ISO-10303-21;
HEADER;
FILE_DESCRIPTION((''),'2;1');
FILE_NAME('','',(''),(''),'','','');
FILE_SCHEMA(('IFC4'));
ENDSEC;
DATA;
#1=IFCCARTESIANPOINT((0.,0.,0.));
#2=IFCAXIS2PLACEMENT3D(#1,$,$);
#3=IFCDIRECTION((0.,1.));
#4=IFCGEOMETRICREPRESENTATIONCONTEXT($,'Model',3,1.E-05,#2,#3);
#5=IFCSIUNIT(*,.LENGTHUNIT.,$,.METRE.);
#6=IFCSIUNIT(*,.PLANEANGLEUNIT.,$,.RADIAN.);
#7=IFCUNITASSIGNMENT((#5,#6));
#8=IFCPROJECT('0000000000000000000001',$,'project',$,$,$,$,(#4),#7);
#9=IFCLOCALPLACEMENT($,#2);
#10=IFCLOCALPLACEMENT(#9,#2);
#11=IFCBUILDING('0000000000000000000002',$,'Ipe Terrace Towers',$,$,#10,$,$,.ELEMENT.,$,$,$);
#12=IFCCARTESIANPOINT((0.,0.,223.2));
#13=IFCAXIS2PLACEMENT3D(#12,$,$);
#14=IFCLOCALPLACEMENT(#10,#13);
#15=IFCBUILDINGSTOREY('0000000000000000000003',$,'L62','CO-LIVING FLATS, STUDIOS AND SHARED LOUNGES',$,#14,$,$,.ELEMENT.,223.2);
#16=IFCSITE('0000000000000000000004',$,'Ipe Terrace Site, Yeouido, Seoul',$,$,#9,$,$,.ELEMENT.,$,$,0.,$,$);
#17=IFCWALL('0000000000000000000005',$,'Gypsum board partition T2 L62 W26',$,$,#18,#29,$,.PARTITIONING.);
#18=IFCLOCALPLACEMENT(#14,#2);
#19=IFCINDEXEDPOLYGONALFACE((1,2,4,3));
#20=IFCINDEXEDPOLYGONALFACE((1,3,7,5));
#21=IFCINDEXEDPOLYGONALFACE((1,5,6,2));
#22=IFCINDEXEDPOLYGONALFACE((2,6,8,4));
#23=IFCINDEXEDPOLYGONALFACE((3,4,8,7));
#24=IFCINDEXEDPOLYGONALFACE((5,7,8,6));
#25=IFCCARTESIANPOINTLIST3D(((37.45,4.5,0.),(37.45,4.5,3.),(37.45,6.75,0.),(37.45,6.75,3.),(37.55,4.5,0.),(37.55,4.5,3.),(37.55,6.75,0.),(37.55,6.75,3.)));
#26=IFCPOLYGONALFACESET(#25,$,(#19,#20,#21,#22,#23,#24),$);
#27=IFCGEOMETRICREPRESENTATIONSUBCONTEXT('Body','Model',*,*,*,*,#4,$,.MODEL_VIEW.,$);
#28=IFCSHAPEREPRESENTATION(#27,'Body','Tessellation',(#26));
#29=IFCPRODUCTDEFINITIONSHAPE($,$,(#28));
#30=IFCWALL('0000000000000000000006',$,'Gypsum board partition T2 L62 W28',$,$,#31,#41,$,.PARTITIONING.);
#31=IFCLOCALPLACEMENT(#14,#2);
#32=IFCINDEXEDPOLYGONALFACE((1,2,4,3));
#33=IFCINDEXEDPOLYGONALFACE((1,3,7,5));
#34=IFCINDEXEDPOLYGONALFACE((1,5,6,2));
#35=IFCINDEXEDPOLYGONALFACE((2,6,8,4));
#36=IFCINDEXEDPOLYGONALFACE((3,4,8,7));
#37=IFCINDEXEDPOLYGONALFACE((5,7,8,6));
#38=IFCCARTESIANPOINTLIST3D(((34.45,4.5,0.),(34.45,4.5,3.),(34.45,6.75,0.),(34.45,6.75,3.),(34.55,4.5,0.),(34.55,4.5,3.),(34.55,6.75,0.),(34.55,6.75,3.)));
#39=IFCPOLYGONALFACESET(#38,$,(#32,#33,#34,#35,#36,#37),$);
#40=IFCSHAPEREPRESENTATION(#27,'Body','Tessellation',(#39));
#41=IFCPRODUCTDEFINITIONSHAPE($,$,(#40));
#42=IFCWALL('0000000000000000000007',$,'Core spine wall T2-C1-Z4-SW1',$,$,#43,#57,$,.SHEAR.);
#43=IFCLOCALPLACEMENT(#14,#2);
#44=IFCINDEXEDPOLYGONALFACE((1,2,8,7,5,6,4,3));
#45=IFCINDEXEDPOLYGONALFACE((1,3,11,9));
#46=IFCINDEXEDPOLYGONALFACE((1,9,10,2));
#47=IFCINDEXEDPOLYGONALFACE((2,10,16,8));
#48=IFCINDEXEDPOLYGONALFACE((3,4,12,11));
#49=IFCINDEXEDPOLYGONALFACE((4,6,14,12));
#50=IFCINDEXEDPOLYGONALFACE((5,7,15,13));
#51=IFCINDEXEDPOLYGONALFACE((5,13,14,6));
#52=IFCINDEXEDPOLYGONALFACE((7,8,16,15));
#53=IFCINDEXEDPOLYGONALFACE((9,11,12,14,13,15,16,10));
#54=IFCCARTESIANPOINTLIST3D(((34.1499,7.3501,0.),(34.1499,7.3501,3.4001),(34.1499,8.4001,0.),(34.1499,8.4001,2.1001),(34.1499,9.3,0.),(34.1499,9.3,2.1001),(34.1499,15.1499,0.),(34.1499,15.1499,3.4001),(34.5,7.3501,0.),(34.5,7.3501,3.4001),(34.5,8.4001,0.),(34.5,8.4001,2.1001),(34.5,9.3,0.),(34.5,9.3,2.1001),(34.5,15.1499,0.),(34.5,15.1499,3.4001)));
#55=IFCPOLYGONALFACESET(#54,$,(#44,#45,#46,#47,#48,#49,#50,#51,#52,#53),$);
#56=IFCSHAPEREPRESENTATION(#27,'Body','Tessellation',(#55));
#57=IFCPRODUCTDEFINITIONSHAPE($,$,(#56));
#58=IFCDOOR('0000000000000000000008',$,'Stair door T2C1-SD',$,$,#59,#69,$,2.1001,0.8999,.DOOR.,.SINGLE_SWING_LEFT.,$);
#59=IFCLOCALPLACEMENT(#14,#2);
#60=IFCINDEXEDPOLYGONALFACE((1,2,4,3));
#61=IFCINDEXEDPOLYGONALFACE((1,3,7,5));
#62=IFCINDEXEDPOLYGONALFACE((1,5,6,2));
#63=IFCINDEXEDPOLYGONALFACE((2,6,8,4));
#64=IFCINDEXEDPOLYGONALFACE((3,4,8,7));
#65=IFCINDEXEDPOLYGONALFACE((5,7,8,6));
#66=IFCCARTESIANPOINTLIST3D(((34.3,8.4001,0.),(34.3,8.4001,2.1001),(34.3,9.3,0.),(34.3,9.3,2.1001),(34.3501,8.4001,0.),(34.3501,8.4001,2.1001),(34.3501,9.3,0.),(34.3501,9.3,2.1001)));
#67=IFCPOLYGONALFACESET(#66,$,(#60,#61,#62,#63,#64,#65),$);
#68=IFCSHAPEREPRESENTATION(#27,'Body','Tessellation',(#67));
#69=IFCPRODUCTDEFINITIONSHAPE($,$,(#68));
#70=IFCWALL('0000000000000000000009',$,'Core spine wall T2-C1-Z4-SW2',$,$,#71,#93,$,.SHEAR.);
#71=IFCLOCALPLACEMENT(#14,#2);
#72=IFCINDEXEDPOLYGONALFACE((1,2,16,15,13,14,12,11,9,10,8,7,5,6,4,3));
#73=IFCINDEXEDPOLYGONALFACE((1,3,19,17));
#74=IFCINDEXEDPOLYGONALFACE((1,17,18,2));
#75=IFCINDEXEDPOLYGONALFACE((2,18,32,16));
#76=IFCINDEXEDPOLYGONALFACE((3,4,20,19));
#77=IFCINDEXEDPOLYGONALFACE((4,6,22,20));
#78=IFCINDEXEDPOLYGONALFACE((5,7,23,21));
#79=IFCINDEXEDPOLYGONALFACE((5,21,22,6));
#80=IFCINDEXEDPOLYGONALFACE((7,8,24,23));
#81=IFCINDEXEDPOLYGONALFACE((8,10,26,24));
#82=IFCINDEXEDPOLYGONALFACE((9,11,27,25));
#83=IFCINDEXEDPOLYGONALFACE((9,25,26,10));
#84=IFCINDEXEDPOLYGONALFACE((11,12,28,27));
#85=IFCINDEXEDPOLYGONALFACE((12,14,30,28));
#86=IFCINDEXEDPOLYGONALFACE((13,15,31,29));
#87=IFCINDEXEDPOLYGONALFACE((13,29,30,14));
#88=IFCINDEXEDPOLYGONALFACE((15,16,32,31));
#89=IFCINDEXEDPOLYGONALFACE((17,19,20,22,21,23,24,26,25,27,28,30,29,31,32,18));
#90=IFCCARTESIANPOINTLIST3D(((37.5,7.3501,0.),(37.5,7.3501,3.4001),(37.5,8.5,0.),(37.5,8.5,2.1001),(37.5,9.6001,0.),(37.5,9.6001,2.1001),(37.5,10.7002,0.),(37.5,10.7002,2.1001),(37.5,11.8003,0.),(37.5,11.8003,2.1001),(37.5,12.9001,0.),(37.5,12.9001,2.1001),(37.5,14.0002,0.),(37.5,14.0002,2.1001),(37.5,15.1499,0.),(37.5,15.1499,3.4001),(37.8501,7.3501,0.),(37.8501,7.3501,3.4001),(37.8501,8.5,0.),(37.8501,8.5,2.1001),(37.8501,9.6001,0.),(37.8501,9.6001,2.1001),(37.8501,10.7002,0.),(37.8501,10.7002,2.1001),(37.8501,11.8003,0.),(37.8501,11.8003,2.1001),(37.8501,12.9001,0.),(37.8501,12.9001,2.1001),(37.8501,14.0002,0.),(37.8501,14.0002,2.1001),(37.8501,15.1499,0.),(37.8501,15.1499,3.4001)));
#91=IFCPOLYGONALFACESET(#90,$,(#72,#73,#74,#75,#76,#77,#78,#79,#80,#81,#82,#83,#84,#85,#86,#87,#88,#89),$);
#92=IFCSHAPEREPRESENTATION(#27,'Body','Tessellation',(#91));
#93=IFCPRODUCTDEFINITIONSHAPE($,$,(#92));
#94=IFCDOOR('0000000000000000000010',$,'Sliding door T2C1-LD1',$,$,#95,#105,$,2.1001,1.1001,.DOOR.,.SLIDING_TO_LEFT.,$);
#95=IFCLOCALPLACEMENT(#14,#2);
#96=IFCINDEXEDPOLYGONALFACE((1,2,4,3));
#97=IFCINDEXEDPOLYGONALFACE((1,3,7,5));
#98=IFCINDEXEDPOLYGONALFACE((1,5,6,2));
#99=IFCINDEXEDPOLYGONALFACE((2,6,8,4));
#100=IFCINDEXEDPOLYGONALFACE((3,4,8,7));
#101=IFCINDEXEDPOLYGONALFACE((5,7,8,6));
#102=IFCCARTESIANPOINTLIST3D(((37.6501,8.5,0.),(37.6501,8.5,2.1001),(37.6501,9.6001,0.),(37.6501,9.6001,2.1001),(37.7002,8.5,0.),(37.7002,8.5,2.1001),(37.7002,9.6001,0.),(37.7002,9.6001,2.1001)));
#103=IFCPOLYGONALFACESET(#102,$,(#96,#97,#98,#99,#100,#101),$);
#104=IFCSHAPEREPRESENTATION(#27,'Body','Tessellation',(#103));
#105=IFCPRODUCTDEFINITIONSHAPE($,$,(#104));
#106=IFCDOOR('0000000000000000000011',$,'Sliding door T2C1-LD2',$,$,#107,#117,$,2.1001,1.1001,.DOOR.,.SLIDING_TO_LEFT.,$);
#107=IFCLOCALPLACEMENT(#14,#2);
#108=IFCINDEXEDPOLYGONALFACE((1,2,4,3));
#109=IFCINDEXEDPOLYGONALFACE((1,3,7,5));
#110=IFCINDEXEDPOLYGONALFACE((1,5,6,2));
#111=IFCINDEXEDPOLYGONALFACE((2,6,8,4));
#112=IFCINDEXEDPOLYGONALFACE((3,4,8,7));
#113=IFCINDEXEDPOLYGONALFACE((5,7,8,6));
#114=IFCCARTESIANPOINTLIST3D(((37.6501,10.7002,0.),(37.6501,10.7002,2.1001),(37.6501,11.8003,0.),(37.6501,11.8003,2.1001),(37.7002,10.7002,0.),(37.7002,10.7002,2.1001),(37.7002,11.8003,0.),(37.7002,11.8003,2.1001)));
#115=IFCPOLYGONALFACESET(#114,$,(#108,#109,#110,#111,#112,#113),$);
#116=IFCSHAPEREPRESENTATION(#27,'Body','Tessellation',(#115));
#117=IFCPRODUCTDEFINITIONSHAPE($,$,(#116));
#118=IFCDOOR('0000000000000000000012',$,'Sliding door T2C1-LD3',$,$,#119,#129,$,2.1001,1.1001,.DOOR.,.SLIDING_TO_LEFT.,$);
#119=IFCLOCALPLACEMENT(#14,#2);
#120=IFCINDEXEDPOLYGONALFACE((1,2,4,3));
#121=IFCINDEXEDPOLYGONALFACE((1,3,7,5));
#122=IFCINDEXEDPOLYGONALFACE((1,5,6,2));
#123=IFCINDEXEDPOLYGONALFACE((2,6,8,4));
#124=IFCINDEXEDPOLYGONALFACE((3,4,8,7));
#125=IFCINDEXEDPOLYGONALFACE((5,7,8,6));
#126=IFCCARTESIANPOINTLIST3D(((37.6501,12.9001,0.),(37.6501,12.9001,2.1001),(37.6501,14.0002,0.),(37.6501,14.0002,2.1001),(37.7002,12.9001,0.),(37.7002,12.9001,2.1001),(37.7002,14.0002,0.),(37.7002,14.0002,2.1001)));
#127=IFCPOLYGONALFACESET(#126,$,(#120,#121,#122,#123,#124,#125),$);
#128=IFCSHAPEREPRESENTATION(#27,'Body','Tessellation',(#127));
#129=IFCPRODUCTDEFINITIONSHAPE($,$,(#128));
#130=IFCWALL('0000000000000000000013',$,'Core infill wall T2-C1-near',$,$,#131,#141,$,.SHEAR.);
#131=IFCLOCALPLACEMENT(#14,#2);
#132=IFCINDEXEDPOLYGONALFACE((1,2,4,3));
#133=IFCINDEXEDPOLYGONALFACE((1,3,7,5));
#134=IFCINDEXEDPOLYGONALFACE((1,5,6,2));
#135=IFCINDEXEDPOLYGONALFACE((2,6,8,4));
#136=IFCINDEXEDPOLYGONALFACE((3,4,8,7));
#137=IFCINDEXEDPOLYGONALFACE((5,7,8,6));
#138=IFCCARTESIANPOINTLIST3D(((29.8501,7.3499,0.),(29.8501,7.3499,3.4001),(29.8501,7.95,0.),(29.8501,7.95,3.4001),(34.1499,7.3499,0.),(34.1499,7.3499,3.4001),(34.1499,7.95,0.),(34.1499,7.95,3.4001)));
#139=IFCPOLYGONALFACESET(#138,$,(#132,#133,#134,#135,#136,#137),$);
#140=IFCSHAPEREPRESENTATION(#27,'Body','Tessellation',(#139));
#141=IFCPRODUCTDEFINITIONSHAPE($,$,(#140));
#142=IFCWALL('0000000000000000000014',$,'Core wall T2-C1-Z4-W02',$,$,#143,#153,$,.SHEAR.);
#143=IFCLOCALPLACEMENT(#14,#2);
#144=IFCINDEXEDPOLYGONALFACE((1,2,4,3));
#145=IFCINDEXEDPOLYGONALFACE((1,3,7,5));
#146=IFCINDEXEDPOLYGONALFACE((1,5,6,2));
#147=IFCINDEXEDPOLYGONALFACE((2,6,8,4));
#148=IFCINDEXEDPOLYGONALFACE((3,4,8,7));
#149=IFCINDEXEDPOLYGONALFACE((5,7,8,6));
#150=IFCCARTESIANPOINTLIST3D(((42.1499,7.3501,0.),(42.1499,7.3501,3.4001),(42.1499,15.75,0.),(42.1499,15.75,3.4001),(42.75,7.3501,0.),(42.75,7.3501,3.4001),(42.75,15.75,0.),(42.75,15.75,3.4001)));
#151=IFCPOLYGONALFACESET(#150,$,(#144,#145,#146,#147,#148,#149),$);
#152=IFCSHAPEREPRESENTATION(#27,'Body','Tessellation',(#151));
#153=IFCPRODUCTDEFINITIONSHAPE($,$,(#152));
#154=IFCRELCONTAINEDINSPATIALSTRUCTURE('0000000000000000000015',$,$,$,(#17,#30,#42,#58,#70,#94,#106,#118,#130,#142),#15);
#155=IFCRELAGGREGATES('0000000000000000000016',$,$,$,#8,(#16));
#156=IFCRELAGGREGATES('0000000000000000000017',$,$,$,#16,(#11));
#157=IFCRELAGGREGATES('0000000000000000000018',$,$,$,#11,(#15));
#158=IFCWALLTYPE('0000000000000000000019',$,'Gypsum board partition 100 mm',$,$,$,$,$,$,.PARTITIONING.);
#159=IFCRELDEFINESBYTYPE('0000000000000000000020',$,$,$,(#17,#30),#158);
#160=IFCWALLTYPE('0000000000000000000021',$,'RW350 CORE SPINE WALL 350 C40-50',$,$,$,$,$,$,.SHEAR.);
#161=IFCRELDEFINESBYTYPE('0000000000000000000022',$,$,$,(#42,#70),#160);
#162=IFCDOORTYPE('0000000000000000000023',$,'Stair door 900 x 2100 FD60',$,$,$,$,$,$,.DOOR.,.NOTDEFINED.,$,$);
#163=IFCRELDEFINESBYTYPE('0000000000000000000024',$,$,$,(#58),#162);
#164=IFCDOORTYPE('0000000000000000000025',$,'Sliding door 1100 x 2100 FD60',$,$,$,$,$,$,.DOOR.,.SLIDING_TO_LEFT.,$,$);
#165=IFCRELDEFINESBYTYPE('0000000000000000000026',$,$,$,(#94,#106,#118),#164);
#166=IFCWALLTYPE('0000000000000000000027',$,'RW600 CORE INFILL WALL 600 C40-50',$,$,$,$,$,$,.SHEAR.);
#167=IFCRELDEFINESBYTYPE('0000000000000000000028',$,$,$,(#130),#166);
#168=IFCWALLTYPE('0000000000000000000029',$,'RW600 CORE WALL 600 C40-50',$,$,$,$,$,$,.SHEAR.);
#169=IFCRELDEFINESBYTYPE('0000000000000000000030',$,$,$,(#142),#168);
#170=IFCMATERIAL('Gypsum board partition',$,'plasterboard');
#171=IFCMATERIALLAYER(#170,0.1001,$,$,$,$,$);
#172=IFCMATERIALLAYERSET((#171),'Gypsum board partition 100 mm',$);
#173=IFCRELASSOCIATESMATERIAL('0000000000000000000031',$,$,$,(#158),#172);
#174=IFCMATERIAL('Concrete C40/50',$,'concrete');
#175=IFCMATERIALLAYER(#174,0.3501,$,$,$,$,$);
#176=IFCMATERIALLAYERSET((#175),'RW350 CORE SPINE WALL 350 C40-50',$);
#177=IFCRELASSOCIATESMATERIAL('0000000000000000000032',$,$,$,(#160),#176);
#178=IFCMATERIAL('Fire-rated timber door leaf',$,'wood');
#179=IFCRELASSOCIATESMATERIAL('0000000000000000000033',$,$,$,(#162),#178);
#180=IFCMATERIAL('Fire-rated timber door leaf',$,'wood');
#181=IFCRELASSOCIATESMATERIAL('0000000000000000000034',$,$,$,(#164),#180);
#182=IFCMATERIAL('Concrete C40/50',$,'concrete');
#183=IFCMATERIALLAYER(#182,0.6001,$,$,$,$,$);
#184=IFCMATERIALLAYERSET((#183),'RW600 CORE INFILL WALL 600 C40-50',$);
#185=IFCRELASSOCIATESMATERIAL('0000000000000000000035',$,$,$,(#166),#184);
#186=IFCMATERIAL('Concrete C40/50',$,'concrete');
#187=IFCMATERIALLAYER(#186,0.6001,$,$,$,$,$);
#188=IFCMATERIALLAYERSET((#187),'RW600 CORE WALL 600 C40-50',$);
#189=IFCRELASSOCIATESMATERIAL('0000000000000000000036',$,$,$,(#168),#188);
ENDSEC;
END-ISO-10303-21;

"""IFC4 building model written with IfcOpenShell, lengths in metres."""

from ifc_helpers import new_model, si_unit, direction, frame, frame_2d, origin, place, context, subcontext, project, spatial, rectangle, extrude, material, layer, layer_set, type_object, element, fill, save


model = new_model("IFC4")

# Units and contexts
model_context = context("Model", 3, precision=1e-05, world=origin(), true_north=direction((0.0, 1.0)))
body_context = subcontext(model_context, "Body", "Model", "MODEL_VIEW")
ifc_project = project(units=[si_unit("LENGTHUNIT", "METRE"), si_unit("PLANEANGLEUNIT", "RADIAN")], contexts=[model_context])

# Site, building, storey
site_placement = place(None, origin())
site = spatial("IfcSite", under=ifc_project, at=site_placement, Name="Ipe Terrace Site, Yeouido, Seoul", CompositionType="ELEMENT", RefElevation=0.0)
building_placement = place(site_placement, origin())
building = spatial("IfcBuilding", under=site, at=building_placement, Name="Ipe Terrace Towers", CompositionType="ELEMENT")
storey_placement = place(building_placement, frame((0.0, 0.0, 223.2)))
storey = spatial("IfcBuildingStorey", under=building, at=storey_placement, Name="L62", Description="CO-LIVING FLATS, STUDIOS AND SHARED LOUNGES", CompositionType="ELEMENT", Elevation=223.2)

# Shared definitions
ifc_material_1 = material(Name="Gypsum board partition", Category="plasterboard")
ifc_layer_1 = layer(ifc_material_1, 0.1001)
ifc_layer_set_1 = layer_set([ifc_layer_1], Name="Gypsum board partition 100 mm")
wall_type_1 = type_object("IfcWallType", Name="Gypsum board partition 100 mm", PredefinedType="PARTITIONING", material=ifc_layer_set_1)

# Walls
for number, where, z_axis, x_axis, name in (
    (1, (37.5, 4.5, 0.0), (0.0, 0.0, 1.0), (0.0, 1.0, 0.0), "Gypsum board partition T2 L62 W26"),
    (2, (34.5, 4.5, 0.0), (0.0, 0.0, 1.0), (0.0, 1.0, 0.0), "Gypsum board partition T2 L62 W28"),
):
    element("IfcWall", number, at=place(storey_placement, frame(where, z_axis=z_axis, x_axis=x_axis)), inside=storey, type_object=wall_type_1, Name=name, PredefinedType="PARTITIONING", context=body_context, shape_type="SweptSolid", body=[
        extrude(rectangle(XDim=2.25, YDim=0.1001, at=frame_2d((1.125, 0.0))), origin(), (0.0, 0.0, 1.0), 3.0),
    ])

# Wall, opening, door
ifc_material_2 = material(Name="Concrete C40/50", Category="concrete")
ifc_layer_2 = layer(ifc_material_2, 0.3501)
ifc_layer_set_2 = layer_set([ifc_layer_2], Name="RW350 CORE SPINE WALL 350 C40-50")
wall_type_2 = type_object("IfcWallType", Name="RW350 CORE SPINE WALL 350 C40-50", PredefinedType="SHEAR", material=ifc_layer_set_2)
wall_1_placement = place(storey_placement, frame((34.325, 7.3501, 0.0), z_axis=(0.0, 0.0, 1.0), x_axis=(0.0, 1.0, 0.0)))
wall_1 = element("IfcWall", 3, at=wall_1_placement, inside=storey, type_object=wall_type_2, Name="Core spine wall T2-C1-Z4-SW1", PredefinedType="SHEAR", context=body_context, shape_type="SweptSolid", body=[
    extrude(rectangle(XDim=7.7998, YDim=0.3501, at=frame_2d((3.8999, 0.0))), origin(), (0.0, 0.0, 1.0), 3.4001),
])
opening_1_placement = place(wall_1_placement, frame((1.05, 0.0, 0.0)))
opening_1 = element("IfcOpeningElement", 4, at=opening_1_placement, cuts=wall_1, PredefinedType="OPENING", context=body_context, shape_type="SweptSolid", body=[
    extrude(rectangle(XDim=0.8999, YDim=2.1001, at=frame_2d((0.45, 1.05))), frame((0.0, 0.1851, 0.0), z_axis=(0.0, -1.0, 0.0), x_axis=(1.0, 0.0, 0.0)), (0.0, 0.0, 1.0), 0.3701),
])
ifc_material_3 = material(Name="Fire-rated timber door leaf", Category="wood")
door_type_1 = type_object("IfcDoorType", Name="Stair door 900 x 2100 FD60", OperationType="NOTDEFINED", PredefinedType="DOOR", material=ifc_material_3)
door_1_placement = place(opening_1_placement, origin())
door_1 = element("IfcDoor", 5, at=door_1_placement, inside=storey, type_object=door_type_1, Name="Stair door T2C1-SD", OperationType="SINGLE_SWING_LEFT", OverallHeight=2.1001, OverallWidth=0.8999, PredefinedType="DOOR", context=body_context, shape_type="SweptSolid", body=[
    extrude(rectangle(XDim=0.8999, YDim=2.1001, at=frame_2d((0.45, 1.05))), frame((0.0, 0.0249, 0.0), z_axis=(0.0, -1.0, 0.0), x_axis=(1.0, 0.0, 0.0)), (0.0, 0.0, 1.0), 0.05),
])
fill(opening_1, door_1)

# Wall, openings, doors
wall_2_placement = place(storey_placement, frame((37.675, 7.3501, 0.0), z_axis=(0.0, 0.0, 1.0), x_axis=(0.0, 1.0, 0.0)))
wall_2 = element("IfcWall", 6, at=wall_2_placement, inside=storey, type_object=wall_type_2, Name="Core spine wall T2-C1-Z4-SW2", PredefinedType="SHEAR", context=body_context, shape_type="SweptSolid", body=[
    extrude(rectangle(XDim=7.7998, YDim=0.3501, at=frame_2d((3.8999, 0.0))), origin(), (0.0, 0.0, 1.0), 3.4001),
])
opening_2_placement = place(wall_2_placement, frame((1.1499, 0.0, 0.0)))
opening_2 = element("IfcOpeningElement", 7, at=opening_2_placement, cuts=wall_2, PredefinedType="OPENING", context=body_context, shape_type="SweptSolid", body=[
    extrude(rectangle(XDim=1.1001, YDim=2.1001, at=frame_2d((0.55, 1.05))), frame((0.0, 0.1851, 0.0), z_axis=(0.0, -1.0, 0.0), x_axis=(1.0, 0.0, 0.0)), (0.0, 0.0, 1.0), 0.3701),
])
opening_3_placement = place(wall_2_placement, frame((3.3501, 0.0, 0.0)))
opening_3 = element("IfcOpeningElement", 8, at=opening_3_placement, cuts=wall_2, PredefinedType="OPENING", context=body_context, shape_type="SweptSolid", body=[
    extrude(rectangle(XDim=1.1001, YDim=2.1001, at=frame_2d((0.55, 1.05))), frame((0.0, 0.1851, 0.0), z_axis=(0.0, -1.0, 0.0), x_axis=(1.0, 0.0, 0.0)), (0.0, 0.0, 1.0), 0.3701),
])
opening_4_placement = place(wall_2_placement, frame((5.55, 0.0, 0.0)))
opening_4 = element("IfcOpeningElement", 9, at=opening_4_placement, cuts=wall_2, PredefinedType="OPENING", context=body_context, shape_type="SweptSolid", body=[
    extrude(rectangle(XDim=1.1001, YDim=2.1001, at=frame_2d((0.55, 1.05))), frame((0.0, 0.1851, 0.0), z_axis=(0.0, -1.0, 0.0), x_axis=(1.0, 0.0, 0.0)), (0.0, 0.0, 1.0), 0.3701),
])
ifc_material_4 = material(Name="Fire-rated timber door leaf", Category="wood")
door_type_2 = type_object("IfcDoorType", Name="Sliding door 1100 x 2100 FD60", OperationType="SLIDING_TO_LEFT", PredefinedType="DOOR", material=ifc_material_4)
door_2_placement = place(opening_2_placement, origin())
door_2 = element("IfcDoor", 10, at=door_2_placement, inside=storey, type_object=door_type_2, Name="Sliding door T2C1-LD1", OperationType="SLIDING_TO_LEFT", OverallHeight=2.1001, OverallWidth=1.1001, PredefinedType="DOOR", context=body_context, shape_type="SweptSolid", body=[
    extrude(rectangle(XDim=1.1001, YDim=2.1001, at=frame_2d((0.55, 1.05))), frame((0.0, 0.0249, 0.0), z_axis=(0.0, -1.0, 0.0), x_axis=(1.0, 0.0, 0.0)), (0.0, 0.0, 1.0), 0.05),
])
fill(opening_2, door_2)
door_3_placement = place(opening_3_placement, origin())
door_3 = element("IfcDoor", 11, at=door_3_placement, inside=storey, type_object=door_type_2, Name="Sliding door T2C1-LD2", OperationType="SLIDING_TO_LEFT", OverallHeight=2.1001, OverallWidth=1.1001, PredefinedType="DOOR", context=body_context, shape_type="SweptSolid", body=[
    extrude(rectangle(XDim=1.1001, YDim=2.1001, at=frame_2d((0.55, 1.05))), frame((0.0, 0.0249, 0.0), z_axis=(0.0, -1.0, 0.0), x_axis=(1.0, 0.0, 0.0)), (0.0, 0.0, 1.0), 0.05),
])
fill(opening_3, door_3)
door_4_placement = place(opening_4_placement, origin())
door_4 = element("IfcDoor", 12, at=door_4_placement, inside=storey, type_object=door_type_2, Name="Sliding door T2C1-LD3", OperationType="SLIDING_TO_LEFT", OverallHeight=2.1001, OverallWidth=1.1001, PredefinedType="DOOR", context=body_context, shape_type="SweptSolid", body=[
    extrude(rectangle(XDim=1.1001, YDim=2.1001, at=frame_2d((0.55, 1.05))), frame((0.0, 0.0249, 0.0), z_axis=(0.0, -1.0, 0.0), x_axis=(1.0, 0.0, 0.0)), (0.0, 0.0, 1.0), 0.05),
])
fill(opening_4, door_4)

# Walls
ifc_material_5 = material(Name="Concrete C40/50", Category="concrete")
ifc_layer_3 = layer(ifc_material_5, 0.6001)
ifc_layer_set_3 = layer_set([ifc_layer_3], Name="RW600 CORE INFILL WALL 600 C40-50")
wall_type_3 = type_object("IfcWallType", Name="RW600 CORE INFILL WALL 600 C40-50", PredefinedType="SHEAR", material=ifc_layer_set_3)
wall_3_placement = place(storey_placement, frame((34.1499, 7.6499, 0.0), z_axis=(0.0, 0.0, 1.0), x_axis=(-1.0, 0.0, 0.0)))
element("IfcWall", 13, at=wall_3_placement, inside=storey, type_object=wall_type_3, Name="Core infill wall T2-C1-near", PredefinedType="SHEAR", context=body_context, shape_type="SweptSolid", body=[
    extrude(rectangle(XDim=4.2998, YDim=0.6001, at=frame_2d((2.1499, 0.0))), origin(), (0.0, 0.0, 1.0), 3.4001),
])
ifc_material_6 = material(Name="Concrete C40/50", Category="concrete")
ifc_layer_4 = layer(ifc_material_6, 0.6001)
ifc_layer_set_4 = layer_set([ifc_layer_4], Name="RW600 CORE WALL 600 C40-50")
wall_type_4 = type_object("IfcWallType", Name="RW600 CORE WALL 600 C40-50", PredefinedType="SHEAR", material=ifc_layer_set_4)
wall_4_placement = place(storey_placement, frame((42.45, 7.3501, 0.0), z_axis=(0.0, 0.0, 1.0), x_axis=(0.0, 1.0, 0.0)))
element("IfcWall", 14, at=wall_4_placement, inside=storey, type_object=wall_type_4, Name="Core wall T2-C1-Z4-W02", PredefinedType="SHEAR", context=body_context, shape_type="SweptSolid", body=[
    extrude(rectangle(XDim=8.3999, YDim=0.6001, at=frame_2d((4.2, 0.0))), origin(), (0.0, 0.0, 1.0), 3.4001),
])

save(model, "model.ifc")
